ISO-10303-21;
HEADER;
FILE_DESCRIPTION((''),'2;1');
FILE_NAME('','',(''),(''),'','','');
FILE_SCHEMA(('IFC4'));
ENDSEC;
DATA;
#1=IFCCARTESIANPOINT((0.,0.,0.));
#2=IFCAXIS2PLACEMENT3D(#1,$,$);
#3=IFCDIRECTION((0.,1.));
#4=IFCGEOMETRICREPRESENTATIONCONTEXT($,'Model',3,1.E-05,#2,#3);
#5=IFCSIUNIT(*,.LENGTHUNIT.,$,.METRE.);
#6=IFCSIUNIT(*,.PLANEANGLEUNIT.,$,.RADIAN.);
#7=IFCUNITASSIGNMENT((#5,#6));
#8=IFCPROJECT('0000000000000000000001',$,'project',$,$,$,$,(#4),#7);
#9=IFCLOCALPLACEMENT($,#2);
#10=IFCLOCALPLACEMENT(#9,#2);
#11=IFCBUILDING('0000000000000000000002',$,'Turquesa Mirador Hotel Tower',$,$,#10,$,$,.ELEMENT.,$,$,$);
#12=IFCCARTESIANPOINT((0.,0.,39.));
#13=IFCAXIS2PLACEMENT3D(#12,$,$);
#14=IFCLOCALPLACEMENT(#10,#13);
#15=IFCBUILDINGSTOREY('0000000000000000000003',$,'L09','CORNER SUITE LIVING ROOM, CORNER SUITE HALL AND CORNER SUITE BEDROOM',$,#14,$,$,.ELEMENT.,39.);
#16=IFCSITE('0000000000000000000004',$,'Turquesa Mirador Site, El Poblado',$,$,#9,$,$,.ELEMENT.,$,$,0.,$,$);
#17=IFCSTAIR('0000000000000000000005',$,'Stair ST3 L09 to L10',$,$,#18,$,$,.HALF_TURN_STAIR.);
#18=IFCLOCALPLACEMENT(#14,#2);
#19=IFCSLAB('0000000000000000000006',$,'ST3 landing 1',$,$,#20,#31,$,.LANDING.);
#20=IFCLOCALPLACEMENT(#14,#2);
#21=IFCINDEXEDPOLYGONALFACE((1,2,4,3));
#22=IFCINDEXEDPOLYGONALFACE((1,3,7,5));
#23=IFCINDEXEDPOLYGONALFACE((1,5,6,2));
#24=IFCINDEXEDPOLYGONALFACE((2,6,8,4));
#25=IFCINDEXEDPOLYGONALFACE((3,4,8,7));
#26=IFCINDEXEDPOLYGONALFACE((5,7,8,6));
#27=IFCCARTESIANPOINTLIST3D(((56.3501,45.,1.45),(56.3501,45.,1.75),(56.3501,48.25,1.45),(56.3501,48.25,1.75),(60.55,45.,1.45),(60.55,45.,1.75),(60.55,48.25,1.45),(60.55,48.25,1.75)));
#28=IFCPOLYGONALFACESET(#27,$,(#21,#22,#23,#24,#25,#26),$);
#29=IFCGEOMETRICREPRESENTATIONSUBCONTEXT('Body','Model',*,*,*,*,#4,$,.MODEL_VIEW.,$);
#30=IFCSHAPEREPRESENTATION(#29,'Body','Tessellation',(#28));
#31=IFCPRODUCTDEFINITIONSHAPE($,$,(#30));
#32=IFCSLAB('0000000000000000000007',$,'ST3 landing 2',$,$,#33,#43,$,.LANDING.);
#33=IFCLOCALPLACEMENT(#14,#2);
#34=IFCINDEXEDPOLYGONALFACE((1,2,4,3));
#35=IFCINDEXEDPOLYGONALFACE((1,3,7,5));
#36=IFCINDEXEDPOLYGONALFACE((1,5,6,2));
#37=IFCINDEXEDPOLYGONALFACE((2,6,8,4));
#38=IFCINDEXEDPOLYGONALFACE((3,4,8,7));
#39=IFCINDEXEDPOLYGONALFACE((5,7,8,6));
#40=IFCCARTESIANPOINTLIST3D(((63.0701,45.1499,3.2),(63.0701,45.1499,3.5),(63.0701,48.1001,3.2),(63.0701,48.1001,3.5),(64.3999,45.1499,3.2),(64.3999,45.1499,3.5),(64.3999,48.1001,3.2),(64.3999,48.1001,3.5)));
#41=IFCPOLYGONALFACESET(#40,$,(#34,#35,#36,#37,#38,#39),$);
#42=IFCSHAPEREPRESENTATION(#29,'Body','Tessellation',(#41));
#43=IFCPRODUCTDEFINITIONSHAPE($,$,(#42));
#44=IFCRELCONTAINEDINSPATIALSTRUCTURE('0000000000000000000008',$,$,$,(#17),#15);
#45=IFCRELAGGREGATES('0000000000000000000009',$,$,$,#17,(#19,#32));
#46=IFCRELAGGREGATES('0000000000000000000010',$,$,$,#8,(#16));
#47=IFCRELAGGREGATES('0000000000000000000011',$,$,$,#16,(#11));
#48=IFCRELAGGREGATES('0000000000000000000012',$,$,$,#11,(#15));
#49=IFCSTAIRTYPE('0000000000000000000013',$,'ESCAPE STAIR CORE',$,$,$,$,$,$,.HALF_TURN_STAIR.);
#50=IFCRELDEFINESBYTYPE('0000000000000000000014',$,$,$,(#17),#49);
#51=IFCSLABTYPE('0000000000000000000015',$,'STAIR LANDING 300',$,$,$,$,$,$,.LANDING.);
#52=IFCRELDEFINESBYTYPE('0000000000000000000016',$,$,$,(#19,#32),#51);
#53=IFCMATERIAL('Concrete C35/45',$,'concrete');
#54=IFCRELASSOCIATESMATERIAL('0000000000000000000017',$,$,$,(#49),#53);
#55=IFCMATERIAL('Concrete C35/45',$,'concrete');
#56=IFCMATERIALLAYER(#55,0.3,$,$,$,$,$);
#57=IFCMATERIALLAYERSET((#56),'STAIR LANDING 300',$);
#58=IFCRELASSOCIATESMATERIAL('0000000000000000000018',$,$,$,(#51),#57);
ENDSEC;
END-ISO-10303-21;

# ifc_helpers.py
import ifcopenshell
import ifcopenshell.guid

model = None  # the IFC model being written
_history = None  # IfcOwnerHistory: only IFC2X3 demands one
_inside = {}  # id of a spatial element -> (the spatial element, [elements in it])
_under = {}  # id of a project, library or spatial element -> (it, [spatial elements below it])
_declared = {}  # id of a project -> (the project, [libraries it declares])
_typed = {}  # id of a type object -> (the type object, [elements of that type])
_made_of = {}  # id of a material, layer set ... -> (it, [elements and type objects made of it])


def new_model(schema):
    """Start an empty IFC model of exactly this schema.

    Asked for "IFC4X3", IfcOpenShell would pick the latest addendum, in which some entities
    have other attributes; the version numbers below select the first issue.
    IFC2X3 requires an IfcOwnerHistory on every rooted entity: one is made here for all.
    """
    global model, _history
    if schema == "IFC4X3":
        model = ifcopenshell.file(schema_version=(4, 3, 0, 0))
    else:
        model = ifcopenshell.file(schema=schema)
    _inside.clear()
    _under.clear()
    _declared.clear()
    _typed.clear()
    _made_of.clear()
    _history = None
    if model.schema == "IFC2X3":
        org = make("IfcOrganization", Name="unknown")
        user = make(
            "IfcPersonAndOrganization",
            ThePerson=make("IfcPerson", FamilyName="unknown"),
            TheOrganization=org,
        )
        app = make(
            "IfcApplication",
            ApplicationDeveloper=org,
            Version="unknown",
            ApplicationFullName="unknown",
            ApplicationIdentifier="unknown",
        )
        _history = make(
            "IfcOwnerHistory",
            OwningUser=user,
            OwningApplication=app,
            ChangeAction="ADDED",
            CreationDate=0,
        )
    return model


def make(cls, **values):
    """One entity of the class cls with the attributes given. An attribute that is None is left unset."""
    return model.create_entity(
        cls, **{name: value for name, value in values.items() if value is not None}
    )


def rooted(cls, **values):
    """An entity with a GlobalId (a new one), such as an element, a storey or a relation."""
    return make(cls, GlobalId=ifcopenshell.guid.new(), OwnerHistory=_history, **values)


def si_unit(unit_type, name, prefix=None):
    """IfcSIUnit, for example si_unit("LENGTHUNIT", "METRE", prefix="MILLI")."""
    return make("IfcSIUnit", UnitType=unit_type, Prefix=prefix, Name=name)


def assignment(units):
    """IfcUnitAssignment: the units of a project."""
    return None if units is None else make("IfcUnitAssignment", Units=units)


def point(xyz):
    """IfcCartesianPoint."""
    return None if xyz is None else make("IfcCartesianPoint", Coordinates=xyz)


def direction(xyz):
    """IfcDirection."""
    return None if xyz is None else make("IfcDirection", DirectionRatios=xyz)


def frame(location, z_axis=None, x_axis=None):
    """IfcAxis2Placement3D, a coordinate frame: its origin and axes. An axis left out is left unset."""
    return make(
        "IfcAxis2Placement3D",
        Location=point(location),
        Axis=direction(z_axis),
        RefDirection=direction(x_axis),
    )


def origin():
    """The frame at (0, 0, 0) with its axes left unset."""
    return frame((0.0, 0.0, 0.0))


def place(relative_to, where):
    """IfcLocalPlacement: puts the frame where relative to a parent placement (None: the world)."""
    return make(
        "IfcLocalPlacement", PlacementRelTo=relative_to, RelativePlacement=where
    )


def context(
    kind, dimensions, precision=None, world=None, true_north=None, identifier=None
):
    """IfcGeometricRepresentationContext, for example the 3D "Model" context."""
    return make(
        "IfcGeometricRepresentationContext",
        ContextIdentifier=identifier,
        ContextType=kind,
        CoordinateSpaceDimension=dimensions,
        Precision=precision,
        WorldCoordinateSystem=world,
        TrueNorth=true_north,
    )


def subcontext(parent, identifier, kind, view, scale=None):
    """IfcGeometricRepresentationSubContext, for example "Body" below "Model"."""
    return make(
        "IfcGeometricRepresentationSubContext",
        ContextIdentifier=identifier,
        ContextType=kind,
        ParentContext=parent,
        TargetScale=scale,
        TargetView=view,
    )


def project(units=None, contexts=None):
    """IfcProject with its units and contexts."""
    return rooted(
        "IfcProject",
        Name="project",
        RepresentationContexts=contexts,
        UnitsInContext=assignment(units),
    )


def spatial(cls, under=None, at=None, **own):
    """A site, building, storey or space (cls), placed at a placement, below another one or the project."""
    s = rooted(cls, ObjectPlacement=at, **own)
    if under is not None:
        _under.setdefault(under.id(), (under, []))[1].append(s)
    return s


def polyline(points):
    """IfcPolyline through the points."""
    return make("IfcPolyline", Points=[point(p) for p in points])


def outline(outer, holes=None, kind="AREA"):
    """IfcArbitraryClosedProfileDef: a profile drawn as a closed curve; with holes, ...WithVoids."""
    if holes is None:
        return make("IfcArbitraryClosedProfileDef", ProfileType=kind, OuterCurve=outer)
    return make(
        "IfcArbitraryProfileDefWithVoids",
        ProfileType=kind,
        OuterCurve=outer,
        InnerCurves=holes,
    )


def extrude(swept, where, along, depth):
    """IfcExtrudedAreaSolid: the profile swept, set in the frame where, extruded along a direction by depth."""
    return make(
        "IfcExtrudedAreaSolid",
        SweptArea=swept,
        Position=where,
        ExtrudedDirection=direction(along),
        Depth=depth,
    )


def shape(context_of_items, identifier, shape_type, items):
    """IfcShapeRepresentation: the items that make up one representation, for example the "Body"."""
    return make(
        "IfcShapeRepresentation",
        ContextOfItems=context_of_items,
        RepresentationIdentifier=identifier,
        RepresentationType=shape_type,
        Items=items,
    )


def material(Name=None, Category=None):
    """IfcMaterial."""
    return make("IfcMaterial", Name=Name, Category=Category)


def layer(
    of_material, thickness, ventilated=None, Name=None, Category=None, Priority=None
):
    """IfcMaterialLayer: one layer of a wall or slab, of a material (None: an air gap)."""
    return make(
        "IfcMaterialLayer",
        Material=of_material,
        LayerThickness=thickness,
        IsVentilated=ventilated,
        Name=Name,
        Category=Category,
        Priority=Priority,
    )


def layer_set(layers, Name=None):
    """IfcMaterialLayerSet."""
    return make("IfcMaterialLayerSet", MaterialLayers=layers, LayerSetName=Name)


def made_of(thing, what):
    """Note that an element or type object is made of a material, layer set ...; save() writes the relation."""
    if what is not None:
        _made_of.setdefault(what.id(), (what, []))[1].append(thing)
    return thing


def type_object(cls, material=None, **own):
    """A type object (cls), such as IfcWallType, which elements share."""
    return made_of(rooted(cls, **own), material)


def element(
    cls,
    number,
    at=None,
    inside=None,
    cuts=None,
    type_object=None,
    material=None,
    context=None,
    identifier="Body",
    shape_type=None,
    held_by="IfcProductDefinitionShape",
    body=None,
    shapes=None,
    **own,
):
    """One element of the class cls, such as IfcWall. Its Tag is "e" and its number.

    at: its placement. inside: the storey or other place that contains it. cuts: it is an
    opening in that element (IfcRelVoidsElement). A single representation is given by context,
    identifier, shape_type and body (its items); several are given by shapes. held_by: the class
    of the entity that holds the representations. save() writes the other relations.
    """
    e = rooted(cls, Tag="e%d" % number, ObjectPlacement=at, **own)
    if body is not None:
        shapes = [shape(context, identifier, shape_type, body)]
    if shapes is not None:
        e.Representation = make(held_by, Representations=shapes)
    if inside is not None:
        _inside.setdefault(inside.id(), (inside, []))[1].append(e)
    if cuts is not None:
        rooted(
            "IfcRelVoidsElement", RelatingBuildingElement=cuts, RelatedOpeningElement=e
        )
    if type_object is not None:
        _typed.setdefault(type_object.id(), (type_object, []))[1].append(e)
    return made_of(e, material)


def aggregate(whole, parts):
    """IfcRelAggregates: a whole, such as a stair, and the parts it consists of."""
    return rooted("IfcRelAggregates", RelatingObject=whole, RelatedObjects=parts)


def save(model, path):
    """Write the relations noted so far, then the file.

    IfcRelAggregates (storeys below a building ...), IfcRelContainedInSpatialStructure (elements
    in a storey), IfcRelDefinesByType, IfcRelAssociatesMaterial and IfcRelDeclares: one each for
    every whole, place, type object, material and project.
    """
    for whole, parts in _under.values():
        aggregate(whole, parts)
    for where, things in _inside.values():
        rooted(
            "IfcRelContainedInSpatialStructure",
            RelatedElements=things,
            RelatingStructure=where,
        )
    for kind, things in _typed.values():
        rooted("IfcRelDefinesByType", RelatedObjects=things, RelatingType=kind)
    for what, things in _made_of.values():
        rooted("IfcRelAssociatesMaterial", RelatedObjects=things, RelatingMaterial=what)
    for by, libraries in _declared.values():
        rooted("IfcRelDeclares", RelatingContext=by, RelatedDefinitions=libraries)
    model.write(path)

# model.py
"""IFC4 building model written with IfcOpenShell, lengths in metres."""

from ifc_helpers import new_model, si_unit, direction, frame, origin, place, context, subcontext, project, spatial, polyline, outline, extrude, material, layer, layer_set, type_object, element, aggregate, save


model = new_model("IFC4")

# Units and contexts
model_context = context("Model", 3, precision=1e-05, world=origin(), true_north=direction((0.0, 1.0)))
body_context = subcontext(model_context, "Body", "Model", "MODEL_VIEW")
ifc_project = project(units=[si_unit("LENGTHUNIT", "METRE"), si_unit("PLANEANGLEUNIT", "RADIAN")], contexts=[model_context])

# Site, building, storey
site_placement = place(None, origin())
site = spatial("IfcSite", under=ifc_project, at=site_placement, Name="Turquesa Mirador Site, El Poblado", CompositionType="ELEMENT", RefElevation=0.0)
building_placement = place(site_placement, origin())
building = spatial("IfcBuilding", under=site, at=building_placement, Name="Turquesa Mirador Hotel Tower", CompositionType="ELEMENT")
storey_placement = place(building_placement, frame((0.0, 0.0, 39.0)))
storey = spatial("IfcBuildingStorey", under=building, at=storey_placement, Name="L09", Description="CORNER SUITE LIVING ROOM, CORNER SUITE HALL AND CORNER SUITE BEDROOM", CompositionType="ELEMENT", Elevation=39.0)

# Stair, slabs
ifc_material_1 = material(Name="Concrete C35/45", Category="concrete")
stair_type = type_object("IfcStairType", Name="ESCAPE STAIR CORE", PredefinedType="HALF_TURN_STAIR", material=ifc_material_1)
ifc_material_2 = material(Name="Concrete C35/45", Category="concrete")
ifc_layer_1 = layer(ifc_material_2, 0.3)
ifc_layer_set_1 = layer_set([ifc_layer_1], Name="STAIR LANDING 300")
slab_type_1 = type_object("IfcSlabType", Name="STAIR LANDING 300", PredefinedType="LANDING", material=ifc_layer_set_1)
stair_1_placement = place(storey_placement, origin())
stair_1 = element("IfcStair", 1, at=stair_1_placement, inside=storey, type_object=stair_type, Name="Stair ST3 L09 to L10", PredefinedType="HALF_TURN_STAIR")
slab_1_placement = place(storey_placement, frame((0.0, 0.0, 1.45)))
slab_1 = element("IfcSlab", 2, at=slab_1_placement, type_object=slab_type_1, Name="ST3 landing 1", PredefinedType="LANDING", context=body_context, shape_type="SweptSolid", body=[
    extrude(outline(polyline([(56.3501, 45.0), (60.55, 45.0), (60.55, 48.25), (56.3501, 48.25), (56.3501, 45.0)])), origin(), (0.0, 0.0, 1.0), 0.3),
])
slab_2_placement = place(storey_placement, frame((0.0, 0.0, 3.2)))
slab_2 = element("IfcSlab", 3, at=slab_2_placement, type_object=slab_type_1, Name="ST3 landing 2", PredefinedType="LANDING", context=body_context, shape_type="SweptSolid", body=[
    extrude(outline(polyline([(63.0701, 45.1499), (64.3999, 45.1499), (64.3999, 48.1001), (63.0701, 48.1001), (63.0701, 45.1499)])), origin(), (0.0, 0.0, 1.0), 0.3),
])
aggregate(stair_1, [slab_1, slab_2])

save(model, "model.ifc")
